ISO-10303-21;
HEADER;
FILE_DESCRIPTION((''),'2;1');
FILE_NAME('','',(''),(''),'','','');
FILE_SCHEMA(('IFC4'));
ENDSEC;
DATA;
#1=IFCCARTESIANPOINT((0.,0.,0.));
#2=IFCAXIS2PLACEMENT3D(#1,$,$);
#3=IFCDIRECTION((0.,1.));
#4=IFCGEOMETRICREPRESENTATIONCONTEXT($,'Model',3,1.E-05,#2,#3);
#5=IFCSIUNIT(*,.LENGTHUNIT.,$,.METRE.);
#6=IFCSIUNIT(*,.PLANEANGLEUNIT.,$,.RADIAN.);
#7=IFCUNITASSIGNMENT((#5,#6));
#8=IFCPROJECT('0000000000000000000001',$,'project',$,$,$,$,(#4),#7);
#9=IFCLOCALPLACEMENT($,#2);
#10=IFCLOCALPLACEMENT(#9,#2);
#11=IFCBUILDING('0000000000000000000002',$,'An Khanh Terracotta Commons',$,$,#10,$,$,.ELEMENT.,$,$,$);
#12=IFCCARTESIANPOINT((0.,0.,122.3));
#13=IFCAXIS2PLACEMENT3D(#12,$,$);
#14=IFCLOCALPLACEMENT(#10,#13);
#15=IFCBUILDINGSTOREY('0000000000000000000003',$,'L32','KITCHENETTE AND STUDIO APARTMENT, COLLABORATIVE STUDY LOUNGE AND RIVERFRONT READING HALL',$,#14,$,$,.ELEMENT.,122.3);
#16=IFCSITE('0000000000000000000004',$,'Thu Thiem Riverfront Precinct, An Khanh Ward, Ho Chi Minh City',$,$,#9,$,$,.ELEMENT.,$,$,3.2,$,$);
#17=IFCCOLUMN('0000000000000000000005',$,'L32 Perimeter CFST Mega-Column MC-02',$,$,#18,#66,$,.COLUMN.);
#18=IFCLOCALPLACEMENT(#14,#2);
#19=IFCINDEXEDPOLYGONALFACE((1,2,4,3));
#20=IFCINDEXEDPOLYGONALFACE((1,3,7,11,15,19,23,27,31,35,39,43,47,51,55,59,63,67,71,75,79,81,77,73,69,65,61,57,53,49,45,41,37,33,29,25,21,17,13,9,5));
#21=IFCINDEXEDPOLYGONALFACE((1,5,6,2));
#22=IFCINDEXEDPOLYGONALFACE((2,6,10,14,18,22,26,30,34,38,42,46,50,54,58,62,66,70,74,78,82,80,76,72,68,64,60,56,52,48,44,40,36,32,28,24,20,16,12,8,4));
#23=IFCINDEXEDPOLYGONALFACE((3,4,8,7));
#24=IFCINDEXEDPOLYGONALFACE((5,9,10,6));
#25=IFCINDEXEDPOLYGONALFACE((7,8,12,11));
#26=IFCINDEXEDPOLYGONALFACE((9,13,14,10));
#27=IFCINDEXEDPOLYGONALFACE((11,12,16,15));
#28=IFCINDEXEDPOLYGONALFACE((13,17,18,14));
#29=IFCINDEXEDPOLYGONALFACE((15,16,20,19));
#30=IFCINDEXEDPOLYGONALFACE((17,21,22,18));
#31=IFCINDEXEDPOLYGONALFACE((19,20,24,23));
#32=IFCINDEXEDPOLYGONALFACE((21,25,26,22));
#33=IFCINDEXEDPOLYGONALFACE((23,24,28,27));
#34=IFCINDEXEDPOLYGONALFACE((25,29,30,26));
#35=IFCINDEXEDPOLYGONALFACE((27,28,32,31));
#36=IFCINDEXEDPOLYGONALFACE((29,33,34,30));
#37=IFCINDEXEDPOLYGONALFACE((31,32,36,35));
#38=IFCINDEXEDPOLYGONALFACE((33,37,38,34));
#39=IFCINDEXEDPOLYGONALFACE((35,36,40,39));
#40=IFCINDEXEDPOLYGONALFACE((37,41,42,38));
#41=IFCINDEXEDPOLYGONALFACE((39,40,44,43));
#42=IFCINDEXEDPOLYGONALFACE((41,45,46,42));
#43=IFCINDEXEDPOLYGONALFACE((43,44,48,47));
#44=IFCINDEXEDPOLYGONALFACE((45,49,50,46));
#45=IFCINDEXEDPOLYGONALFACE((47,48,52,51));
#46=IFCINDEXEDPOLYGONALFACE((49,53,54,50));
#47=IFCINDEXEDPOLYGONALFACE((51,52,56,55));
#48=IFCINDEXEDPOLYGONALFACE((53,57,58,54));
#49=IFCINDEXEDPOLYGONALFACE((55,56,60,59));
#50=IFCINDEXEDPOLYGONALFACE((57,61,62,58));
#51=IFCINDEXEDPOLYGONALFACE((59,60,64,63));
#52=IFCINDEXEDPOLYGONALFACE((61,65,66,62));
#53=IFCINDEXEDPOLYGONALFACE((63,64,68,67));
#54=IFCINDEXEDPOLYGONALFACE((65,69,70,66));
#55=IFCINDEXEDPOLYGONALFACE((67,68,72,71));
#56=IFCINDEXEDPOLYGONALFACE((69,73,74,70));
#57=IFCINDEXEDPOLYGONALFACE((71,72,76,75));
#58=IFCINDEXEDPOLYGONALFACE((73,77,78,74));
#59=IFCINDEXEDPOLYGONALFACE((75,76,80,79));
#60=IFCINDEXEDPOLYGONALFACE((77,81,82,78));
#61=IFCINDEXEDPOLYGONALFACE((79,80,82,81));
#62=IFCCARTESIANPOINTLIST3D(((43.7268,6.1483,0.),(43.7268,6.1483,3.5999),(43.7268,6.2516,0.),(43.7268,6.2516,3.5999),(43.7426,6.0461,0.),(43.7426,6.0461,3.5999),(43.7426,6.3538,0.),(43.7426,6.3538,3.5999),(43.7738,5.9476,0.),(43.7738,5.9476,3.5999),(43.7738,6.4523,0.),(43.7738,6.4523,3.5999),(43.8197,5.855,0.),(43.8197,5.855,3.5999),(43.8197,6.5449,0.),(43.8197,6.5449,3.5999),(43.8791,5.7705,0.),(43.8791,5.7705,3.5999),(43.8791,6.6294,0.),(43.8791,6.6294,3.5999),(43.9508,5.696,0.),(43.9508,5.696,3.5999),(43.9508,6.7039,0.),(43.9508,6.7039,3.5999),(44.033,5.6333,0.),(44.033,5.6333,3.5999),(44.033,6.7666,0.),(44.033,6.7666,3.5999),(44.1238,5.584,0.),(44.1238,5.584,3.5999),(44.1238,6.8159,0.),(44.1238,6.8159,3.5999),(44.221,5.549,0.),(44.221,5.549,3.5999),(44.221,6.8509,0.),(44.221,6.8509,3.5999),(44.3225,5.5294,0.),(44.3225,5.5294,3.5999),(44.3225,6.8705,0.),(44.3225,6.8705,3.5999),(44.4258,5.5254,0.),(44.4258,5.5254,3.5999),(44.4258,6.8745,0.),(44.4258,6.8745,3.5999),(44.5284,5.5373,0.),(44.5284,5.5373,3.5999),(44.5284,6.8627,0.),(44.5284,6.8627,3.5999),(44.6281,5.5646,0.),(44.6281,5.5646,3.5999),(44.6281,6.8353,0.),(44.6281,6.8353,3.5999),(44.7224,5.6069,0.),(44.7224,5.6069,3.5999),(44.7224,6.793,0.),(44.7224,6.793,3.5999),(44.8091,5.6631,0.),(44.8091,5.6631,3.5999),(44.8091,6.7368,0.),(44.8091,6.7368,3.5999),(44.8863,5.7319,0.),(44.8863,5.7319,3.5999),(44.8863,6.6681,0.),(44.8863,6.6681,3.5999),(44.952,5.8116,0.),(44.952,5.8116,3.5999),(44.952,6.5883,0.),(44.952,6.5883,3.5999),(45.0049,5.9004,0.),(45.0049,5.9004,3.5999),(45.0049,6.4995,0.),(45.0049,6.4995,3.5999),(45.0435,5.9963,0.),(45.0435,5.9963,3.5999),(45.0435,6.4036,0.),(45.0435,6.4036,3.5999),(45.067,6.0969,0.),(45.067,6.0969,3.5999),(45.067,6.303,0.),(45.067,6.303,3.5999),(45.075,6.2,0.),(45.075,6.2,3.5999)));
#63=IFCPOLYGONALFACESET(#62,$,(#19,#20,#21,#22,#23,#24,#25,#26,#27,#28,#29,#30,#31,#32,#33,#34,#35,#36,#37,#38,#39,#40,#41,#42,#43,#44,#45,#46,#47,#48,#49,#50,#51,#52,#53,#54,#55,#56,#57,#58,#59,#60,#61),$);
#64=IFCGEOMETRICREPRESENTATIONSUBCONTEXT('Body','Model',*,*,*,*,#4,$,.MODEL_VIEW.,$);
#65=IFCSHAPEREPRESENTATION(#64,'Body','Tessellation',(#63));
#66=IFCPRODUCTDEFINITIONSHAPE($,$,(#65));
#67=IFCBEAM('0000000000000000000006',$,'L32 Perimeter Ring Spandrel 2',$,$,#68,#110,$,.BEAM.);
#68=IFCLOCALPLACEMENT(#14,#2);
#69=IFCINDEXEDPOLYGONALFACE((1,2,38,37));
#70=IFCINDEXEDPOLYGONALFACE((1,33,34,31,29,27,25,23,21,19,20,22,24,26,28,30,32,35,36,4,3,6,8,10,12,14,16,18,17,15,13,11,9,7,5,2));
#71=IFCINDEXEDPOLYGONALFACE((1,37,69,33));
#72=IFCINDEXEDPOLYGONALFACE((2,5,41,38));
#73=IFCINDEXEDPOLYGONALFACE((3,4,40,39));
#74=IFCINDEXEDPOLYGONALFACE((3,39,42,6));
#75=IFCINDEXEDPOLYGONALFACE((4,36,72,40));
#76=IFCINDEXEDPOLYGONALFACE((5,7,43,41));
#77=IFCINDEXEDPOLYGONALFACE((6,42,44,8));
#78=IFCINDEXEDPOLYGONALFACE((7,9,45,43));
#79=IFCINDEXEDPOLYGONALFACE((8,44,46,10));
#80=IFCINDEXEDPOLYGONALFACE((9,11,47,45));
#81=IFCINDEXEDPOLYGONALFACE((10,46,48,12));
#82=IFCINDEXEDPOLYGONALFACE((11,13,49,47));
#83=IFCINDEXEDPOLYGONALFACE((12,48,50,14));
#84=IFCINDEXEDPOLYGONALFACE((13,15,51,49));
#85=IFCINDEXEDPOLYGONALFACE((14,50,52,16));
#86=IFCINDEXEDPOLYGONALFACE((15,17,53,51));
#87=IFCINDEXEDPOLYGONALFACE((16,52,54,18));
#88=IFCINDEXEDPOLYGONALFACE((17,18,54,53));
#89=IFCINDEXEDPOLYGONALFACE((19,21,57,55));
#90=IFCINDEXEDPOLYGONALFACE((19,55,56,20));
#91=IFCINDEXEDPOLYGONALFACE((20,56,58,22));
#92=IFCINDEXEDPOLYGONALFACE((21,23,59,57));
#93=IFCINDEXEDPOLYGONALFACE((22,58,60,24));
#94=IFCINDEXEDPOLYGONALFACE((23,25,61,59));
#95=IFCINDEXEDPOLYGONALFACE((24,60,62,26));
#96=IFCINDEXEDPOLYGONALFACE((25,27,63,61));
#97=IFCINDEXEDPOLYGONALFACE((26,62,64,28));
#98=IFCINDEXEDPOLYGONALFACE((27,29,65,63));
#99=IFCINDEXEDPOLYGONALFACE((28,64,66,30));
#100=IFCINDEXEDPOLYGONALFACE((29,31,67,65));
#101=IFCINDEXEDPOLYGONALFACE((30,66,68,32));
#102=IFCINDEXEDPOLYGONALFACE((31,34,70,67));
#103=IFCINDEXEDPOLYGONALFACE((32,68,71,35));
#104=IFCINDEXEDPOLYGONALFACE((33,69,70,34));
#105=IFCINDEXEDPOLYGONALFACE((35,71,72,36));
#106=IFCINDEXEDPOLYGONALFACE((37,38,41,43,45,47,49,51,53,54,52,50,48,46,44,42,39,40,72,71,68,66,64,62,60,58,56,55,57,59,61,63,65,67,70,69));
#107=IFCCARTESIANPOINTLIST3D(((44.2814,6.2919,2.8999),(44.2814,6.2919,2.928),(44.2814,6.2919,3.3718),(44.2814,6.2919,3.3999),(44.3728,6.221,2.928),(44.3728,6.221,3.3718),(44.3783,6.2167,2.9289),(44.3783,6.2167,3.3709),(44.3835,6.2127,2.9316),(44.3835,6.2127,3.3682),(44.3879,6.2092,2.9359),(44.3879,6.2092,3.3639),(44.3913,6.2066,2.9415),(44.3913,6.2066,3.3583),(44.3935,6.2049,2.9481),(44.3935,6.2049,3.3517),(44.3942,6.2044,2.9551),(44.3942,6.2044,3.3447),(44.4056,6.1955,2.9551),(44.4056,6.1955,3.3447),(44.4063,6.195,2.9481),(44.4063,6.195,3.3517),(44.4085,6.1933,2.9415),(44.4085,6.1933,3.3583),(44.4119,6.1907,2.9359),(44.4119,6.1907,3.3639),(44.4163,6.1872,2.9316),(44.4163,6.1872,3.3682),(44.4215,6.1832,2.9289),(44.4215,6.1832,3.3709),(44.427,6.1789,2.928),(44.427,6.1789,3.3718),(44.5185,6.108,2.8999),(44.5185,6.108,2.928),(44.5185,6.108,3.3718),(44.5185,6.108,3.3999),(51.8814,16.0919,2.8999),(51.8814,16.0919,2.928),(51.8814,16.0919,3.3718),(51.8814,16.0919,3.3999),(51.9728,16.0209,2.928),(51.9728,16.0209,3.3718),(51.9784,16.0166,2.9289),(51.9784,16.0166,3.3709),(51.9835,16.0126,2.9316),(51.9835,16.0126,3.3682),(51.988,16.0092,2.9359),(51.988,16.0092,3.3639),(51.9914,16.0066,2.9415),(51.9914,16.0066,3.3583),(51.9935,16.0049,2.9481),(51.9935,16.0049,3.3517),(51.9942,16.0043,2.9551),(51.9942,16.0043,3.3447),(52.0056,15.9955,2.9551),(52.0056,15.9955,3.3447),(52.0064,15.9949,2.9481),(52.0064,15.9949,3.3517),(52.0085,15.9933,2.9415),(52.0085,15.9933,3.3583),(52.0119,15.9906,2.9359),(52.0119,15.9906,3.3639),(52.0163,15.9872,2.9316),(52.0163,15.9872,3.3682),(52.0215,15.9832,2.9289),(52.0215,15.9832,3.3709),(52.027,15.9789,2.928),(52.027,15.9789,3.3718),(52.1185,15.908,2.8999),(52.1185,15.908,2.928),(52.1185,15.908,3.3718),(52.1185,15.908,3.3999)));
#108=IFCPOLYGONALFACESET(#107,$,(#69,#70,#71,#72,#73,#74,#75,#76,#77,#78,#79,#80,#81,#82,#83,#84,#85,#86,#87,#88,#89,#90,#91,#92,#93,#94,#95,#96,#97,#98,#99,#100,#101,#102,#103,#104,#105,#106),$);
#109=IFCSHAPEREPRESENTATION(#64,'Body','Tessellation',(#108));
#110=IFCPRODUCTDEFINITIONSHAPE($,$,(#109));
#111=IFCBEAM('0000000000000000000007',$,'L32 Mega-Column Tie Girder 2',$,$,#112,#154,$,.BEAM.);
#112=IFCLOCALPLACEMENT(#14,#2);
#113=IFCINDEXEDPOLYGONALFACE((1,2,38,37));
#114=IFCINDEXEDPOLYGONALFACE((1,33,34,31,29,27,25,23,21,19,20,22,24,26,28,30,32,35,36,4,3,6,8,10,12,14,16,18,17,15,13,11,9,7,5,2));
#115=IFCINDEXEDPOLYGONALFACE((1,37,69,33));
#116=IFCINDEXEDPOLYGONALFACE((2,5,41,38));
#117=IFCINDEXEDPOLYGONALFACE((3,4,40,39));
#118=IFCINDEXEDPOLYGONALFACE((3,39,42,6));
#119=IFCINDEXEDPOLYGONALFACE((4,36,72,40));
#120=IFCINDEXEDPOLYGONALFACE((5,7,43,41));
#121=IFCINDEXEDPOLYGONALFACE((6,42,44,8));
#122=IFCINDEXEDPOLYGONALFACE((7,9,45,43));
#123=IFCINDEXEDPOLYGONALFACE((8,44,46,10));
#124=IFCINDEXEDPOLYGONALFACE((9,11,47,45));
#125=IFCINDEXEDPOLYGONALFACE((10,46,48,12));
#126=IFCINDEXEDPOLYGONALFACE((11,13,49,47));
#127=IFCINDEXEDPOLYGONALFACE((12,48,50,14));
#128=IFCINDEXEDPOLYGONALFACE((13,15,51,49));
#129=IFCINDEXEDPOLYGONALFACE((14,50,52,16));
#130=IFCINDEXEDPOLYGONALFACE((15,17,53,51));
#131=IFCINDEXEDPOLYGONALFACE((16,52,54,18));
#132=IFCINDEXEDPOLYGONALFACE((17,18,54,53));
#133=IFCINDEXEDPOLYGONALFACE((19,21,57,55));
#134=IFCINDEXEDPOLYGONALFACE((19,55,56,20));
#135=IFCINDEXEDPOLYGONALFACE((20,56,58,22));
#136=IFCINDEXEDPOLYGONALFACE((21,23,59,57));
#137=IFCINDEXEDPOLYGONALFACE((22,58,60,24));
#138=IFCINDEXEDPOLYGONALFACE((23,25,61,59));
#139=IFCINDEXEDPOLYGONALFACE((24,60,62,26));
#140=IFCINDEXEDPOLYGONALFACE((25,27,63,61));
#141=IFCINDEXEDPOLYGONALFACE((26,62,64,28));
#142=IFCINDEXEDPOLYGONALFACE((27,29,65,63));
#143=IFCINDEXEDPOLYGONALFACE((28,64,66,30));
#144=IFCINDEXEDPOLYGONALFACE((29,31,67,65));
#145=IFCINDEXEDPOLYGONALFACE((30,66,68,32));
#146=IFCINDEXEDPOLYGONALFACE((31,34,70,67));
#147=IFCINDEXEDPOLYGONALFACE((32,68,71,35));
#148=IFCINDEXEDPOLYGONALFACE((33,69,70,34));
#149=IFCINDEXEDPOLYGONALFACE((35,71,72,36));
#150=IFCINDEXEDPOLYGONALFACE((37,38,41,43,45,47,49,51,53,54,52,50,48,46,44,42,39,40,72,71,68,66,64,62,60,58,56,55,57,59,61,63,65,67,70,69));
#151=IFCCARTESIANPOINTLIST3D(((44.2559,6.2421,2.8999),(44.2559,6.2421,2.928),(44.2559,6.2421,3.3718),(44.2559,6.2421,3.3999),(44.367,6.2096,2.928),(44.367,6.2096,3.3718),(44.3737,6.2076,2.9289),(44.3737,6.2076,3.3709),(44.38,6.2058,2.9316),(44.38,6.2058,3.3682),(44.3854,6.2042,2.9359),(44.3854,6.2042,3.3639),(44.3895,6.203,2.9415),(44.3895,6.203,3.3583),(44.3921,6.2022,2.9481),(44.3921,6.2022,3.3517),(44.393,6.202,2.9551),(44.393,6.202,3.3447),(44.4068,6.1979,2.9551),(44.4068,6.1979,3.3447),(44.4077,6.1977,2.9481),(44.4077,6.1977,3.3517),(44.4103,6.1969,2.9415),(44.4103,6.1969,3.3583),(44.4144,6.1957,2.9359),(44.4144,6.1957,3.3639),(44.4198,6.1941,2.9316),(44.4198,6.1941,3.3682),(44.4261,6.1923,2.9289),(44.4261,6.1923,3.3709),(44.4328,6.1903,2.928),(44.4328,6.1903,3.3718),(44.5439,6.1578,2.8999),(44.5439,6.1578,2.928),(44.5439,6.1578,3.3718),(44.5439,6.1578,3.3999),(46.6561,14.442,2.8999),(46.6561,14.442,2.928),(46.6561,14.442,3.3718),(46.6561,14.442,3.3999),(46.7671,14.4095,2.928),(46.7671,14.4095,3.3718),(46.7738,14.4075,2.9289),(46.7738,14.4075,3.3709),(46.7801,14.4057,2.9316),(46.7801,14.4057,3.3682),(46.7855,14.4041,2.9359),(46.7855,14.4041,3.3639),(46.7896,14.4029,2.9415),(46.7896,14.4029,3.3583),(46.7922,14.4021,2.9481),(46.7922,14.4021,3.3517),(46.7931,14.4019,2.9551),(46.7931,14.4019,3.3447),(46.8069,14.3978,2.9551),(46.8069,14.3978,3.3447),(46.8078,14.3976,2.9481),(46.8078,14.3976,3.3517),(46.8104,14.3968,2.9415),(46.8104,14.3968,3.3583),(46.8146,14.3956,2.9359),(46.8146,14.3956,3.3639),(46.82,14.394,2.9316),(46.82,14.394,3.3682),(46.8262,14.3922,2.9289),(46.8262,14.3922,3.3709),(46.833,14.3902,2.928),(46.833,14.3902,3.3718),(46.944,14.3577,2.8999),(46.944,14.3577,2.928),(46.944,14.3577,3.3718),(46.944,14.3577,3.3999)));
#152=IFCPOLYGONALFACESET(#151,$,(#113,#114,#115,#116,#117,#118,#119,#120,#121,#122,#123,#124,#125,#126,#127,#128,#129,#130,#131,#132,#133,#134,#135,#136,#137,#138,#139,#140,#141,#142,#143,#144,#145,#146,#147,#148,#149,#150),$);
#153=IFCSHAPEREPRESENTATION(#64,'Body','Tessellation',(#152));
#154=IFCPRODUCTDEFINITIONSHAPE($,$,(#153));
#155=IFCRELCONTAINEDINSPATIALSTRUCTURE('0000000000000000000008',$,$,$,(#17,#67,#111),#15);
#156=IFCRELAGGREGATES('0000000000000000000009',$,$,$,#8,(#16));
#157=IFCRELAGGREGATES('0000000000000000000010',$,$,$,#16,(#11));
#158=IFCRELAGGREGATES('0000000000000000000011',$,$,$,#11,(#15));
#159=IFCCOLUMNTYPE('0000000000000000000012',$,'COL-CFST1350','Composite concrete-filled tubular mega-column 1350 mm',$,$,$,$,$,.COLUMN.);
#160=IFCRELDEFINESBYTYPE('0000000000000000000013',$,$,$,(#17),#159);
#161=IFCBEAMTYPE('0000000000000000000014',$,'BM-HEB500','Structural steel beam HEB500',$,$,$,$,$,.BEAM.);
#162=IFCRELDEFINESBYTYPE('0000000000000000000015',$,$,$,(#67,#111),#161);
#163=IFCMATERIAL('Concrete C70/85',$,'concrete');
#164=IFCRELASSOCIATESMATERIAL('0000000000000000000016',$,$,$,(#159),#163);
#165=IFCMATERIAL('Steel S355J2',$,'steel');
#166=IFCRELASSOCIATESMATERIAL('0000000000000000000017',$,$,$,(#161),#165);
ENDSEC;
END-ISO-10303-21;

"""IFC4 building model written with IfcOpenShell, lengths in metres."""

from ifc_helpers import new_model, si_unit, direction, frame, origin, origin_2d, place, context, subcontext, project, spatial, circle, i_section, extrude, material, material_profile, profile_set, type_object, element, save


model = new_model("IFC4")

# Units and contexts
model_context = context("Model", 3, precision=1e-05, world=origin(), true_north=direction((0.0, 1.0)))
body_context = subcontext(model_context, "Body", "Model", "MODEL_VIEW")
ifc_project = project(units=[si_unit("LENGTHUNIT", "METRE"), si_unit("PLANEANGLEUNIT", "RADIAN")], contexts=[model_context])

# Site, building, storey
site_placement = place(None, origin())
site = spatial("IfcSite", under=ifc_project, at=site_placement, Name="Thu Thiem Riverfront Precinct, An Khanh Ward, Ho Chi Minh City", CompositionType="ELEMENT", RefElevation=3.2)
building_placement = place(site_placement, origin())
building = spatial("IfcBuilding", under=site, at=building_placement, Name="An Khanh Terracotta Commons", CompositionType="ELEMENT")
storey_placement = place(building_placement, frame((0.0, 0.0, 122.3)))
storey = spatial("IfcBuildingStorey", under=building, at=storey_placement, Name="L32", Description="KITCHENETTE AND STUDIO APARTMENT, COLLABORATIVE STUDY LOUNGE AND RIVERFRONT READING HALL", CompositionType="ELEMENT", Elevation=122.3)

# Column
ifc_material_1 = material(Name="Concrete C70/85", Category="concrete")
ifc_material_profile_1 = material_profile(ifc_material_1, circle(Radius=0.675, at=origin_2d()), Name="CFST1350")
ifc_profile_set_1 = profile_set([ifc_material_profile_1], Name="Concrete C70/85")
column_type = type_object("IfcColumnType", Name="COL-CFST1350", Description="Composite concrete-filled tubular mega-column 1350 mm", PredefinedType="COLUMN", material=ifc_profile_set_1)
column_placement = place(storey_placement, frame((44.3999, 6.2, 0.0), z_axis=(0.0, 0.0, 1.0), x_axis=(1.0, 0.0, 0.0)))
element("IfcColumn", 1, at=column_placement, inside=storey, type_object=column_type, Name="L32 Perimeter CFST Mega-Column MC-02", PredefinedType="COLUMN", context=body_context, shape_type="SweptSolid", body=[
    extrude(circle(Radius=0.675, at=origin_2d()), origin(), (0.0, 0.0, 1.0), 3.5999),
])

# Beams
ifc_material_2 = material(Name="Steel S355J2", Category="steel")
ifc_material_profile_2 = material_profile(ifc_material_2, i_section(OverallWidth=0.3, OverallDepth=0.5, WebThickness=0.0144, FlangeThickness=0.0281, FilletRadius=0.0271, at=origin_2d()), Name="HEB500")
ifc_profile_set_2 = profile_set([ifc_material_profile_2], Name="Steel S355J2")
beam_type = type_object("IfcBeamType", Name="BM-HEB500", Description="Structural steel beam HEB500", PredefinedType="BEAM", material=ifc_profile_set_2)
beam_1_placement = place(storey_placement, frame((44.3999, 6.2, 3.1499), z_axis=(0.612827, 0.790217, 0.0), x_axis=(-0.790217, 0.612827, 0.0)))
element("IfcBeam", 2, at=beam_1_placement, inside=storey, type_object=beam_type, Name="L32 Perimeter Ring Spandrel 2", PredefinedType="BEAM", context=body_context, shape_type="SweptSolid", body=[
    extrude(i_section(OverallWidth=0.3, OverallDepth=0.5, WebThickness=0.0144, FlangeThickness=0.0281, FilletRadius=0.0271, at=origin_2d()), origin(), (0.0, 0.0, 1.0), 12.4016),
])
beam_2_placement = place(storey_placement, frame((44.3999, 6.2, 3.1499), z_axis=(0.280916, 0.959732, 0.0), x_axis=(-0.959732, 0.280916, 0.0)))
element("IfcBeam", 3, at=beam_2_placement, inside=storey, type_object=beam_type, Name="L32 Mega-Column Tie Girder 2", PredefinedType="BEAM", context=body_context, shape_type="SweptSolid", body=[
    extrude(i_section(OverallWidth=0.3, OverallDepth=0.5, WebThickness=0.0144, FlangeThickness=0.0281, FilletRadius=0.0271, at=origin_2d()), origin(), (0.0, 0.0, 1.0), 8.5439),
])

save(model, "model.ifc")
